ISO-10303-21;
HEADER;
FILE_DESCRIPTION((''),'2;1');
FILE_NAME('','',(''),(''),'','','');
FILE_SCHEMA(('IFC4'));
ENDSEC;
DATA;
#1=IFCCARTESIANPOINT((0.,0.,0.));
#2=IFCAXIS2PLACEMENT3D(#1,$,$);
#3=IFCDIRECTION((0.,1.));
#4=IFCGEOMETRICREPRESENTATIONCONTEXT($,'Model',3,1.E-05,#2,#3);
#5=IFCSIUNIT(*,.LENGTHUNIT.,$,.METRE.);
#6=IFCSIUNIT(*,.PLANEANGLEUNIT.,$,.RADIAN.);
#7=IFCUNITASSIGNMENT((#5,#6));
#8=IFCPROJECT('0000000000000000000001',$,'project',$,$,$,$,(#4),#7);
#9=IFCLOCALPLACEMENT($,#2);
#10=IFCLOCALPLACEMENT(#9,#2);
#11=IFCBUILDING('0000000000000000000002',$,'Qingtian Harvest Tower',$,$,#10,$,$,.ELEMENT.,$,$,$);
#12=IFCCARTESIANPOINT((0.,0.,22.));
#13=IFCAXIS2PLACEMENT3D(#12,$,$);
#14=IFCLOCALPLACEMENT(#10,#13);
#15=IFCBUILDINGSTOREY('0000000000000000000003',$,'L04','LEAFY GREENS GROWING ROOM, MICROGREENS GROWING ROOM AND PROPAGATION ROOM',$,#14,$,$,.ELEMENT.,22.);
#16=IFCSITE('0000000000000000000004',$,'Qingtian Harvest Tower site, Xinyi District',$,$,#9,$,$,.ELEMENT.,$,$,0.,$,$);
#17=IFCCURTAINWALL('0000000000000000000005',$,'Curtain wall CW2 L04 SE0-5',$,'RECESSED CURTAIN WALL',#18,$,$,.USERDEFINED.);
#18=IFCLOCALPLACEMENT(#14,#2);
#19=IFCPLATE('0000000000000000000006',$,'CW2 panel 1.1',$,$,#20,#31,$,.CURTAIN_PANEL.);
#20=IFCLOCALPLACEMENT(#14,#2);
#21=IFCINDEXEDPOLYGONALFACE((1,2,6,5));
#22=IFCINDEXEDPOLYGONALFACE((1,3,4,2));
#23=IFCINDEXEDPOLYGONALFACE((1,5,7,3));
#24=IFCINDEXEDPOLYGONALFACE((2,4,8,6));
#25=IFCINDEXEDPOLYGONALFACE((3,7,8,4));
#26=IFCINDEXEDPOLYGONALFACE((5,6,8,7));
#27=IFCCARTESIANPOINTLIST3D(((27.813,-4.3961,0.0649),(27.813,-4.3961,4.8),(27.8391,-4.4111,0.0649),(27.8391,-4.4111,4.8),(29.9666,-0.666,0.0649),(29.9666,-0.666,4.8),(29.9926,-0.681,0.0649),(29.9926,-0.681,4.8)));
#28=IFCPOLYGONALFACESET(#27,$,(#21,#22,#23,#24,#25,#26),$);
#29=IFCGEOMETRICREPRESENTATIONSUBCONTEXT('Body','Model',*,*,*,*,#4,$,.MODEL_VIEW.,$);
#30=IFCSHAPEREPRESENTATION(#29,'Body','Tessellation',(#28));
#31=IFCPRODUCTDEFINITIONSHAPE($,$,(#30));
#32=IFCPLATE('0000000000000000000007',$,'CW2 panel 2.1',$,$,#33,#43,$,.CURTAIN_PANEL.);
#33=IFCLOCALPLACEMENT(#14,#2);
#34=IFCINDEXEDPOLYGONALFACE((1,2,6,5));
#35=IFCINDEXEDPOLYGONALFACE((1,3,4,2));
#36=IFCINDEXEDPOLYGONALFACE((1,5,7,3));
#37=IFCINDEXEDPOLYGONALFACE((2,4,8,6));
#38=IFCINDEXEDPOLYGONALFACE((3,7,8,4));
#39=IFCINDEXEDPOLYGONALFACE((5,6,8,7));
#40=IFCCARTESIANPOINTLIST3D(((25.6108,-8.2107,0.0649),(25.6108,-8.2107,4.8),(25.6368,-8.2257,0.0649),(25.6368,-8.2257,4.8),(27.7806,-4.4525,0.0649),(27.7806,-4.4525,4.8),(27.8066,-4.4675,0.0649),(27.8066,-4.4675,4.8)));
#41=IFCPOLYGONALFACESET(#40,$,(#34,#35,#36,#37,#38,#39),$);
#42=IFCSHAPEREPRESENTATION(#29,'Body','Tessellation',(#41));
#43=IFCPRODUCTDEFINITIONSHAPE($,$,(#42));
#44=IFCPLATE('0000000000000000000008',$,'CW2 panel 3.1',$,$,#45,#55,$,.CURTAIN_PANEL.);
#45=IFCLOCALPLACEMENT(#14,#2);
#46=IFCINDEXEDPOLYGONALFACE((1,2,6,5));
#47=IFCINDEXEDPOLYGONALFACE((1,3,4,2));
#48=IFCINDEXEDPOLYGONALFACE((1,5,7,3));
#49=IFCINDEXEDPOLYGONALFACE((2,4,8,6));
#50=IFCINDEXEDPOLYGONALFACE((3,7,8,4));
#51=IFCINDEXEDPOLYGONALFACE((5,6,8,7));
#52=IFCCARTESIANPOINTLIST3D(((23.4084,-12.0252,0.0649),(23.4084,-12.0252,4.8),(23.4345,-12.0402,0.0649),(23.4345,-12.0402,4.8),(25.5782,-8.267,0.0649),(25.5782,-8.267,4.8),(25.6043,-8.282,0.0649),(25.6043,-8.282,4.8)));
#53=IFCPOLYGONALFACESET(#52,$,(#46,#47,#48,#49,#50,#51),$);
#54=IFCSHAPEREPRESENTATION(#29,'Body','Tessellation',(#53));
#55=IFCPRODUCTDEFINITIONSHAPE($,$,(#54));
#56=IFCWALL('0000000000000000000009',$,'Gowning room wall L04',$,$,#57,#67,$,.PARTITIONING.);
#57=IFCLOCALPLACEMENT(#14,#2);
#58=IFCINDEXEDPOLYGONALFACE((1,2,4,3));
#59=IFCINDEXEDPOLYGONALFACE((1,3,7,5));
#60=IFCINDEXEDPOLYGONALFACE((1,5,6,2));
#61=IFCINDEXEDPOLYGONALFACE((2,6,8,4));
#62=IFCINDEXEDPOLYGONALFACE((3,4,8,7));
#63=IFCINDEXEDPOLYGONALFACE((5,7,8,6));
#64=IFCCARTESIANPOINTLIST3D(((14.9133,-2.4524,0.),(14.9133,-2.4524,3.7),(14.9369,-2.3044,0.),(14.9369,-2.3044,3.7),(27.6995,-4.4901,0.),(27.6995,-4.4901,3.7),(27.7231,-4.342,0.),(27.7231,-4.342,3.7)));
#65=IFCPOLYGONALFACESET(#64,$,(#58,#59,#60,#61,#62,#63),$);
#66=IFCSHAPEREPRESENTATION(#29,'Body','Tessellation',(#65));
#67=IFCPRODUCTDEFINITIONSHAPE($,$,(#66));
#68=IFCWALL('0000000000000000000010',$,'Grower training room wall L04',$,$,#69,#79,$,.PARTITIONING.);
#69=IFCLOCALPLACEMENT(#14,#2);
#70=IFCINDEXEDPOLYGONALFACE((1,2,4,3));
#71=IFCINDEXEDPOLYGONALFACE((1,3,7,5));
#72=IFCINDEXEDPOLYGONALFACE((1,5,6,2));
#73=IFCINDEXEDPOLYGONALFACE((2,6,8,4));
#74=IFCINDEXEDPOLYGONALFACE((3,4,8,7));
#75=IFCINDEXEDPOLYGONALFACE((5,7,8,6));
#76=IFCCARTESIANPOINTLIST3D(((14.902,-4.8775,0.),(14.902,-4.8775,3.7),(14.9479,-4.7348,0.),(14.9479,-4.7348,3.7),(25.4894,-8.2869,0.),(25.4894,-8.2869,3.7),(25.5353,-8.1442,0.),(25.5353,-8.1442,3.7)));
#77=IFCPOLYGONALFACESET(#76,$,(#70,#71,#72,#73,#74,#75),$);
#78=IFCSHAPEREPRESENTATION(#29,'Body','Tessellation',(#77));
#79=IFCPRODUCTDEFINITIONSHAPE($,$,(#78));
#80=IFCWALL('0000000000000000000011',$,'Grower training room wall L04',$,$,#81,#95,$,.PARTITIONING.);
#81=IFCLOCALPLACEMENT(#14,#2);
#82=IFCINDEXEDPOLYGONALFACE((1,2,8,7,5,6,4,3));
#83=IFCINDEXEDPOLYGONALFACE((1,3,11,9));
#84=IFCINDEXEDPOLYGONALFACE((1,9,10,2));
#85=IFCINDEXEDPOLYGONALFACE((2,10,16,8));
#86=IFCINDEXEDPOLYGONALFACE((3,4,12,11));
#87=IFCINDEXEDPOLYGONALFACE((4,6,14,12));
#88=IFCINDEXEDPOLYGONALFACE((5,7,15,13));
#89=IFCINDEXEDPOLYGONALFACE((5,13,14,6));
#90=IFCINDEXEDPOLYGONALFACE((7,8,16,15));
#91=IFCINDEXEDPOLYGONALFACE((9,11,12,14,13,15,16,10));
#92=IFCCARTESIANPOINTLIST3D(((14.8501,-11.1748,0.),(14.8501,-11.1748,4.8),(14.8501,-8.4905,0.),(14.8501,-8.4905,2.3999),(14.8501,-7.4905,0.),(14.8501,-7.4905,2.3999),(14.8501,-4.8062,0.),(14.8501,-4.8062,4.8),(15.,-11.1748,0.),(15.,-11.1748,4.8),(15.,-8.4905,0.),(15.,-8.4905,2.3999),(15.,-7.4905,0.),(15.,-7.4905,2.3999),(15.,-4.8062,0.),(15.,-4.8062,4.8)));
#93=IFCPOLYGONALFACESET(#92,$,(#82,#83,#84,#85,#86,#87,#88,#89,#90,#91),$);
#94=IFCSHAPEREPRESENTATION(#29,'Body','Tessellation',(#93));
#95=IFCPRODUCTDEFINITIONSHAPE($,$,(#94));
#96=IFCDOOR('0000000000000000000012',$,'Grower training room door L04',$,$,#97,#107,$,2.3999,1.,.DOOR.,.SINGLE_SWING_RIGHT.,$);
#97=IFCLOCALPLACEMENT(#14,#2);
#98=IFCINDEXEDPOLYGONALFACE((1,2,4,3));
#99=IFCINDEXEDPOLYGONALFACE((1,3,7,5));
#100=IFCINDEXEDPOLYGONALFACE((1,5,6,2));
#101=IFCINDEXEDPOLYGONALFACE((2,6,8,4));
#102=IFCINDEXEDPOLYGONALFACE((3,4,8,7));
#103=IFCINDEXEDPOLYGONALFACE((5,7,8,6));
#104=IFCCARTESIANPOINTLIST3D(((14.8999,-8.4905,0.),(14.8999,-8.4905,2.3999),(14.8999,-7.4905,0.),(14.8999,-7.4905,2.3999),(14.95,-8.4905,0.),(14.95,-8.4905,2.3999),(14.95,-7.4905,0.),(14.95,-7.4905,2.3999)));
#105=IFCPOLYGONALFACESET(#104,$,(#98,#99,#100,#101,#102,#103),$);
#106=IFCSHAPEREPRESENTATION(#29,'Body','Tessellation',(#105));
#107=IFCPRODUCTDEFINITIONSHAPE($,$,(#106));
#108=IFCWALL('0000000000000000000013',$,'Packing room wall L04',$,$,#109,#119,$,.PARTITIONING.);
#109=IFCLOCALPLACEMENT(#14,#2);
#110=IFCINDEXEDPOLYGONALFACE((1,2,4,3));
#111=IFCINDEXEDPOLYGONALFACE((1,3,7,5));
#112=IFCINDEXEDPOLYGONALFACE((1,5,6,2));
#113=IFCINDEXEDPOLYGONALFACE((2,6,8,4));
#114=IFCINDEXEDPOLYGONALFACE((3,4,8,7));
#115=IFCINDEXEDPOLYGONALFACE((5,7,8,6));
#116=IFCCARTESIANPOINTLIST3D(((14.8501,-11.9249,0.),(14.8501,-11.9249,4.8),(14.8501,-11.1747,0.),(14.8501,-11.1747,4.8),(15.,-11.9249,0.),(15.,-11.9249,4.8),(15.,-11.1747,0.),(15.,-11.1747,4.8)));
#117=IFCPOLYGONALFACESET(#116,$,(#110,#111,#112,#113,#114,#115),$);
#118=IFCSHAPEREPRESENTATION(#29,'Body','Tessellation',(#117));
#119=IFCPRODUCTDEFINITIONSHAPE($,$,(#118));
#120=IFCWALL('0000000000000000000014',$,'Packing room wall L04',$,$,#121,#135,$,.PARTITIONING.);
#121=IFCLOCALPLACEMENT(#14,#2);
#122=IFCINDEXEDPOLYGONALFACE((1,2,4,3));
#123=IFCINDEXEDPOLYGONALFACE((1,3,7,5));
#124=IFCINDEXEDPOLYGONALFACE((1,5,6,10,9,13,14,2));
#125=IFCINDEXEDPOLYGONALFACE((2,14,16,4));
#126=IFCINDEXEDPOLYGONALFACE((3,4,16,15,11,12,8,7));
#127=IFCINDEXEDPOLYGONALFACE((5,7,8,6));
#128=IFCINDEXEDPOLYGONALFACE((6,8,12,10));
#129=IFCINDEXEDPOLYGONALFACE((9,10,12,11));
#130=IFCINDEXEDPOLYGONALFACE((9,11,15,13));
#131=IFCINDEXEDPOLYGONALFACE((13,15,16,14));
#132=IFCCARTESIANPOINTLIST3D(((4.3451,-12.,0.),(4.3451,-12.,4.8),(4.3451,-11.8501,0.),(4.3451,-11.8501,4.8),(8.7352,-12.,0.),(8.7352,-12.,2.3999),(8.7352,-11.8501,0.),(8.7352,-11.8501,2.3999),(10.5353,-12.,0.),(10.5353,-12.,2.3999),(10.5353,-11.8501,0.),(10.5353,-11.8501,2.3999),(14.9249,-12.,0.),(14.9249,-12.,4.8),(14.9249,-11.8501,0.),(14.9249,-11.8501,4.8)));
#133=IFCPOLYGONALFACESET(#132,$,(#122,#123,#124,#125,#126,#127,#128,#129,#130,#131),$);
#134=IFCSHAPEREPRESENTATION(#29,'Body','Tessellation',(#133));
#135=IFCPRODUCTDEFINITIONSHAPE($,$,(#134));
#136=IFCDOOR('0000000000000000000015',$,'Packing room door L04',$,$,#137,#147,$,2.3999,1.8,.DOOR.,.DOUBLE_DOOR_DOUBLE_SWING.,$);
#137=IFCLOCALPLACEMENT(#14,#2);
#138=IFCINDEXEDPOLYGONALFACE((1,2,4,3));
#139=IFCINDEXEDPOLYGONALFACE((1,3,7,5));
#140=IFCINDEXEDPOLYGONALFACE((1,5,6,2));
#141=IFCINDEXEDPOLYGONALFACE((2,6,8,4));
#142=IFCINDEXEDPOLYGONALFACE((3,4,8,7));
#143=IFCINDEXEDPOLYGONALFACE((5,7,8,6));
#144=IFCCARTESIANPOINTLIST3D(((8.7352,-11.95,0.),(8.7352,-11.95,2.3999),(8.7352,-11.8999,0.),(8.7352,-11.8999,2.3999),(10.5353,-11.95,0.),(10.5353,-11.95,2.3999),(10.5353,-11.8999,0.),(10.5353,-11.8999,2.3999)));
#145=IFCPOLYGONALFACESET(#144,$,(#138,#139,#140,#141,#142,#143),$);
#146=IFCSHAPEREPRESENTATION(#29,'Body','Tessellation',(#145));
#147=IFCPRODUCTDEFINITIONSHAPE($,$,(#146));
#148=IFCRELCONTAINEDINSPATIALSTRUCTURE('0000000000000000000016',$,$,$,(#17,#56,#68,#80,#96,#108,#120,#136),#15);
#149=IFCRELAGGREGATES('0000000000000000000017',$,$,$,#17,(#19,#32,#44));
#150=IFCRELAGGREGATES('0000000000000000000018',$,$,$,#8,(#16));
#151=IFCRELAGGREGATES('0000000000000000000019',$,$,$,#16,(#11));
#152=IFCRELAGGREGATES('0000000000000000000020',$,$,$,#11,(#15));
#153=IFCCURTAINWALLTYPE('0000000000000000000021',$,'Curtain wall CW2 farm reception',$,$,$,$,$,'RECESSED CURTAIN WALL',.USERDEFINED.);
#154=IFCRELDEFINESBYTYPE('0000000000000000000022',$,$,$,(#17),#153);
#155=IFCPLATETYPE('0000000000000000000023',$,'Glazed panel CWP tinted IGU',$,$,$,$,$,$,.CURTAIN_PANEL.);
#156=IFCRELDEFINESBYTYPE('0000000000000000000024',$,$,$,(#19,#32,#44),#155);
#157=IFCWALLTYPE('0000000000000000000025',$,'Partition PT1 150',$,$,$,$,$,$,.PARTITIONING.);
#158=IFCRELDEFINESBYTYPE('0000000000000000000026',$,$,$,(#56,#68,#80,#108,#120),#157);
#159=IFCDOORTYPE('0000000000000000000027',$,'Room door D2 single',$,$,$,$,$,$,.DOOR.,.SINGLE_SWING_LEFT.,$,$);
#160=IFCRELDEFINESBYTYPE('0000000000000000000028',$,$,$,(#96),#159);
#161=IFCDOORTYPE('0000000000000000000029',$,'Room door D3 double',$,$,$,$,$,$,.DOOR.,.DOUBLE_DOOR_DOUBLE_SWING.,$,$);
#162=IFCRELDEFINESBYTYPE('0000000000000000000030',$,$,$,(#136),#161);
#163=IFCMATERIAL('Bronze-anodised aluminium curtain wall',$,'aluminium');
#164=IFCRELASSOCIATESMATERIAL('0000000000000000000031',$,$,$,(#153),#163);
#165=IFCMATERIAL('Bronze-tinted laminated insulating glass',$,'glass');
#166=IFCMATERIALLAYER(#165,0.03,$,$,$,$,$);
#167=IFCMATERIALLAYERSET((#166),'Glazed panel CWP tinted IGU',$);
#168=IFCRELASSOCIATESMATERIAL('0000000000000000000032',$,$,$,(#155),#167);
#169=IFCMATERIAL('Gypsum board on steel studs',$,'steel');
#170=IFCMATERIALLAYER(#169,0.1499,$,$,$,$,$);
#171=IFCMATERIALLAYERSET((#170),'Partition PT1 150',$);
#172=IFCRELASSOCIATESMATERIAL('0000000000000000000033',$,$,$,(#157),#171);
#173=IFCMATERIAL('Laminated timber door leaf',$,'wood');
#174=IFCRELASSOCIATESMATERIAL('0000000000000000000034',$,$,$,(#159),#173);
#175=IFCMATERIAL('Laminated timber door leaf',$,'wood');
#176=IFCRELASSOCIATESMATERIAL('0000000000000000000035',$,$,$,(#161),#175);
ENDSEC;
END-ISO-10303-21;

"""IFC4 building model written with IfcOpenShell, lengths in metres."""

from ifc_helpers import new_model, si_unit, direction, frame, frame_2d, origin, origin_2d, place, context, subcontext, project, spatial, rectangle, extrude, material, layer, layer_set, type_object, element, fill, aggregate, save


model = new_model("IFC4")

# Units and contexts
model_context = context("Model", 3, precision=1e-05, world=origin(), true_north=direction((0.0, 1.0)))
body_context = subcontext(model_context, "Body", "Model", "MODEL_VIEW")
ifc_project = project(units=[si_unit("LENGTHUNIT", "METRE"), si_unit("PLANEANGLEUNIT", "RADIAN")], contexts=[model_context])

# Site, building, storey
site_placement = place(None, origin())
site = spatial("IfcSite", under=ifc_project, at=site_placement, Name="Qingtian Harvest Tower site, Xinyi District", CompositionType="ELEMENT", RefElevation=0.0)
building_placement = place(site_placement, origin())
building = spatial("IfcBuilding", under=site, at=building_placement, Name="Qingtian Harvest Tower", CompositionType="ELEMENT")
storey_placement = place(building_placement, frame((0.0, 0.0, 22.0)))
storey = spatial("IfcBuildingStorey", under=building, at=storey_placement, Name="L04", Description="LEAFY GREENS GROWING ROOM, MICROGREENS GROWING ROOM AND PROPAGATION ROOM", CompositionType="ELEMENT", Elevation=22.0)

# Shared definitions
ifc_material_1 = material(Name="Bronze-anodised aluminium curtain wall", Category="aluminium")
curtain_wall_type = type_object("IfcCurtainWallType", Name="Curtain wall CW2 farm reception", ElementType="RECESSED CURTAIN WALL", PredefinedType="USERDEFINED", material=ifc_material_1)

# Curtain wall
curtain_wall_1_placement = place(storey_placement, origin())
curtain_wall_1 = element("IfcCurtainWall", 1, at=curtain_wall_1_placement, inside=storey, type_object=curtain_wall_type, Name="Curtain wall CW2 L04 SE0-5", ObjectType="RECESSED CURTAIN WALL", PredefinedType="USERDEFINED")

# Plates
ifc_material_2 = material(Name="Bronze-tinted laminated insulating glass", Category="glass")
ifc_layer_1 = layer(ifc_material_2, 0.03)
ifc_layer_set_1 = layer_set([ifc_layer_1], Name="Glazed panel CWP tinted IGU")
plate_type = type_object("IfcPlateType", Name="Glazed panel CWP tinted IGU", PredefinedType="CURTAIN_PANEL", material=ifc_layer_set_1)
plate_1_placement = place(storey_placement, frame((28.9028, -2.5386, 0.0649), z_axis=(0.0, 0.0, 1.0), x_axis=(-0.5, -0.866025, 0.0)))
plate_1 = element("IfcPlate", 2, at=plate_1_placement, type_object=plate_type, Name="CW2 panel 1.1", PredefinedType="CURTAIN_PANEL", context=body_context, shape_type="SweptSolid", body=[
    extrude(rectangle(XDim=4.3071, YDim=0.03, at=origin_2d()), origin(), (0.0, 0.0, 1.0), 4.7351),
])
plate_2_placement = place(storey_placement, frame((26.7087, -6.3391, 0.0649), z_axis=(0.0, 0.0, 1.0), x_axis=(-0.5, -0.866025, 0.0)))
plate_2 = element("IfcPlate", 3, at=plate_2_placement, type_object=plate_type, Name="CW2 panel 2.1", PredefinedType="CURTAIN_PANEL", context=body_context, shape_type="SweptSolid", body=[
    extrude(rectangle(XDim=4.3396, YDim=0.03, at=origin_2d()), origin(), (0.0, 0.0, 1.0), 4.7351),
])
plate_3_placement = place(storey_placement, frame((24.5063, -10.1536, 0.0649), z_axis=(0.0, 0.0, 1.0), x_axis=(-0.5, -0.866025, 0.0)))
plate_3 = element("IfcPlate", 4, at=plate_3_placement, type_object=plate_type, Name="CW2 panel 3.1", PredefinedType="CURTAIN_PANEL", context=body_context, shape_type="SweptSolid", body=[
    extrude(rectangle(XDim=4.3396, YDim=0.03, at=origin_2d()), origin(), (0.0, 0.0, 1.0), 4.7351),
])
aggregate(curtain_wall_1, [plate_1, plate_2, plate_3])

# Wall
ifc_material_3 = material(Name="Gypsum board on steel studs", Category="steel")
ifc_layer_2 = layer(ifc_material_3, 0.1499)
ifc_layer_set_2 = layer_set([ifc_layer_2], Name="Partition PT1 150")
wall_type = type_object("IfcWallType", Name="Partition PT1 150", PredefinedType="PARTITIONING", material=ifc_layer_set_2)
wall_1_placement = place(storey_placement, frame((27.7112, -4.416, 0.0), z_axis=(0.0, 0.0, 1.0), x_axis=(-0.987539, 0.157374, 0.0)))
element("IfcWall", 5, at=wall_1_placement, inside=storey, type_object=wall_type, Name="Gowning room wall L04", PredefinedType="PARTITIONING", context=body_context, shape_type="SweptSolid", body=[
    extrude(rectangle(XDim=12.9475, YDim=0.1499, at=frame_2d((6.4736, 0.0))), origin(), (0.0, 0.0, 1.0), 3.7),
])

# Shared definitions
ifc_material_4 = material(Name="Laminated timber door leaf", Category="wood")
door_type_1 = type_object("IfcDoorType", Name="Room door D2 single", OperationType="SINGLE_SWING_LEFT", PredefinedType="DOOR", material=ifc_material_4)

# Wall
wall_2_placement = place(storey_placement, frame((25.5125, -8.2156, 0.0), z_axis=(0.0, 0.0, 1.0), x_axis=(-0.951863, 0.306525, 0.0)))
element("IfcWall", 6, at=wall_2_placement, inside=storey, type_object=wall_type, Name="Grower training room wall L04", PredefinedType="PARTITIONING", context=body_context, shape_type="SweptSolid", body=[
    extrude(rectangle(XDim=11.1228, YDim=0.1499, at=frame_2d((5.5615, 0.0))), origin(), (0.0, 0.0, 1.0), 3.7),
])

# Wall, opening, door
wall_3_placement = place(storey_placement, frame((14.925, -4.8062, 0.0), z_axis=(0.0, 0.0, 1.0), x_axis=(0.0, -1.0, 0.0)))
wall_3 = element("IfcWall", 7, at=wall_3_placement, inside=storey, type_object=wall_type, Name="Grower training room wall L04", PredefinedType="PARTITIONING", context=body_context, shape_type="SweptSolid", body=[
    extrude(rectangle(XDim=6.3687, YDim=0.1499, at=frame_2d((3.1843, 0.0))), origin(), (0.0, 0.0, 1.0), 4.8),
])
opening_1_placement = place(wall_3_placement, frame((2.6843, 0.0, 0.0)))
opening_1 = element("IfcOpeningElement", 8, at=opening_1_placement, cuts=wall_3, PredefinedType="OPENING", context=body_context, shape_type="SweptSolid", body=[
    extrude(rectangle(XDim=1.0, YDim=2.3999, at=frame_2d((0.5, 1.2))), frame((0.0, 0.085, 0.0), z_axis=(0.0, -1.0, 0.0), x_axis=(1.0, 0.0, 0.0)), (0.0, 0.0, 1.0), 0.1699),
])
door_1_placement = place(opening_1_placement, origin())
door_1 = element("IfcDoor", 9, at=door_1_placement, inside=storey, type_object=door_type_1, Name="Grower training room door L04", OperationType="SINGLE_SWING_RIGHT", OverallHeight=2.3999, OverallWidth=1.0, PredefinedType="DOOR", context=body_context, shape_type="SweptSolid", body=[
    extrude(rectangle(XDim=1.0, YDim=2.3999, at=frame_2d((0.5, 1.2))), frame((0.0, 0.0249, 0.0), z_axis=(0.0, -1.0, 0.0), x_axis=(1.0, 0.0, 0.0)), (0.0, 0.0, 1.0), 0.05),
])
fill(opening_1, door_1)

# Wall
wall_4_placement = place(storey_placement, frame((14.925, -11.1748, 0.0), z_axis=(0.0, 0.0, 1.0), x_axis=(0.0, -1.0, 0.0)))
element("IfcWall", 10, at=wall_4_placement, inside=storey, type_object=wall_type, Name="Packing room wall L04", PredefinedType="PARTITIONING", context=body_context, shape_type="SweptSolid", body=[
    extrude(rectangle(XDim=0.7502, YDim=0.1499, at=frame_2d((0.375, 0.0))), origin(), (0.0, 0.0, 1.0), 4.8),
])

# Wall, opening, door
wall_5_placement = place(storey_placement, frame((14.925, -11.925, 0.0), z_axis=(0.0, 0.0, 1.0), x_axis=(-1.0, 0.0, 0.0)))
wall_5 = element("IfcWall", 11, at=wall_5_placement, inside=storey, type_object=wall_type, Name="Packing room wall L04", PredefinedType="PARTITIONING", context=body_context, shape_type="SweptSolid", body=[
    extrude(rectangle(XDim=10.5798, YDim=0.1499, at=frame_2d((5.29, 0.0))), origin(), (0.0, 0.0, 1.0), 4.8),
])
opening_2_placement = place(wall_5_placement, frame((4.3899, 0.0, 0.0)))
opening_2 = element("IfcOpeningElement", 12, at=opening_2_placement, cuts=wall_5, PredefinedType="OPENING", context=body_context, shape_type="SweptSolid", body=[
    extrude(rectangle(XDim=1.8, YDim=2.3999, at=frame_2d((0.8999, 1.2))), frame((0.0, 0.085, 0.0), z_axis=(0.0, -1.0, 0.0), x_axis=(1.0, 0.0, 0.0)), (0.0, 0.0, 1.0), 0.1699),
])
ifc_material_5 = material(Name="Laminated timber door leaf", Category="wood")
door_type_2 = type_object("IfcDoorType", Name="Room door D3 double", OperationType="DOUBLE_DOOR_DOUBLE_SWING", PredefinedType="DOOR", material=ifc_material_5)
door_2_placement = place(opening_2_placement, origin())
door_2 = element("IfcDoor", 13, at=door_2_placement, inside=storey, type_object=door_type_2, Name="Packing room door L04", OperationType="DOUBLE_DOOR_DOUBLE_SWING", OverallHeight=2.3999, OverallWidth=1.8, PredefinedType="DOOR", context=body_context, shape_type="SweptSolid", body=[
    extrude(rectangle(XDim=1.8, YDim=2.3999, at=frame_2d((0.8999, 1.2))), frame((0.0, 0.0249, 0.0), z_axis=(0.0, -1.0, 0.0), x_axis=(1.0, 0.0, 0.0)), (0.0, 0.0, 1.0), 0.05),
])
fill(opening_2, door_2)

save(model, "model.ifc")
